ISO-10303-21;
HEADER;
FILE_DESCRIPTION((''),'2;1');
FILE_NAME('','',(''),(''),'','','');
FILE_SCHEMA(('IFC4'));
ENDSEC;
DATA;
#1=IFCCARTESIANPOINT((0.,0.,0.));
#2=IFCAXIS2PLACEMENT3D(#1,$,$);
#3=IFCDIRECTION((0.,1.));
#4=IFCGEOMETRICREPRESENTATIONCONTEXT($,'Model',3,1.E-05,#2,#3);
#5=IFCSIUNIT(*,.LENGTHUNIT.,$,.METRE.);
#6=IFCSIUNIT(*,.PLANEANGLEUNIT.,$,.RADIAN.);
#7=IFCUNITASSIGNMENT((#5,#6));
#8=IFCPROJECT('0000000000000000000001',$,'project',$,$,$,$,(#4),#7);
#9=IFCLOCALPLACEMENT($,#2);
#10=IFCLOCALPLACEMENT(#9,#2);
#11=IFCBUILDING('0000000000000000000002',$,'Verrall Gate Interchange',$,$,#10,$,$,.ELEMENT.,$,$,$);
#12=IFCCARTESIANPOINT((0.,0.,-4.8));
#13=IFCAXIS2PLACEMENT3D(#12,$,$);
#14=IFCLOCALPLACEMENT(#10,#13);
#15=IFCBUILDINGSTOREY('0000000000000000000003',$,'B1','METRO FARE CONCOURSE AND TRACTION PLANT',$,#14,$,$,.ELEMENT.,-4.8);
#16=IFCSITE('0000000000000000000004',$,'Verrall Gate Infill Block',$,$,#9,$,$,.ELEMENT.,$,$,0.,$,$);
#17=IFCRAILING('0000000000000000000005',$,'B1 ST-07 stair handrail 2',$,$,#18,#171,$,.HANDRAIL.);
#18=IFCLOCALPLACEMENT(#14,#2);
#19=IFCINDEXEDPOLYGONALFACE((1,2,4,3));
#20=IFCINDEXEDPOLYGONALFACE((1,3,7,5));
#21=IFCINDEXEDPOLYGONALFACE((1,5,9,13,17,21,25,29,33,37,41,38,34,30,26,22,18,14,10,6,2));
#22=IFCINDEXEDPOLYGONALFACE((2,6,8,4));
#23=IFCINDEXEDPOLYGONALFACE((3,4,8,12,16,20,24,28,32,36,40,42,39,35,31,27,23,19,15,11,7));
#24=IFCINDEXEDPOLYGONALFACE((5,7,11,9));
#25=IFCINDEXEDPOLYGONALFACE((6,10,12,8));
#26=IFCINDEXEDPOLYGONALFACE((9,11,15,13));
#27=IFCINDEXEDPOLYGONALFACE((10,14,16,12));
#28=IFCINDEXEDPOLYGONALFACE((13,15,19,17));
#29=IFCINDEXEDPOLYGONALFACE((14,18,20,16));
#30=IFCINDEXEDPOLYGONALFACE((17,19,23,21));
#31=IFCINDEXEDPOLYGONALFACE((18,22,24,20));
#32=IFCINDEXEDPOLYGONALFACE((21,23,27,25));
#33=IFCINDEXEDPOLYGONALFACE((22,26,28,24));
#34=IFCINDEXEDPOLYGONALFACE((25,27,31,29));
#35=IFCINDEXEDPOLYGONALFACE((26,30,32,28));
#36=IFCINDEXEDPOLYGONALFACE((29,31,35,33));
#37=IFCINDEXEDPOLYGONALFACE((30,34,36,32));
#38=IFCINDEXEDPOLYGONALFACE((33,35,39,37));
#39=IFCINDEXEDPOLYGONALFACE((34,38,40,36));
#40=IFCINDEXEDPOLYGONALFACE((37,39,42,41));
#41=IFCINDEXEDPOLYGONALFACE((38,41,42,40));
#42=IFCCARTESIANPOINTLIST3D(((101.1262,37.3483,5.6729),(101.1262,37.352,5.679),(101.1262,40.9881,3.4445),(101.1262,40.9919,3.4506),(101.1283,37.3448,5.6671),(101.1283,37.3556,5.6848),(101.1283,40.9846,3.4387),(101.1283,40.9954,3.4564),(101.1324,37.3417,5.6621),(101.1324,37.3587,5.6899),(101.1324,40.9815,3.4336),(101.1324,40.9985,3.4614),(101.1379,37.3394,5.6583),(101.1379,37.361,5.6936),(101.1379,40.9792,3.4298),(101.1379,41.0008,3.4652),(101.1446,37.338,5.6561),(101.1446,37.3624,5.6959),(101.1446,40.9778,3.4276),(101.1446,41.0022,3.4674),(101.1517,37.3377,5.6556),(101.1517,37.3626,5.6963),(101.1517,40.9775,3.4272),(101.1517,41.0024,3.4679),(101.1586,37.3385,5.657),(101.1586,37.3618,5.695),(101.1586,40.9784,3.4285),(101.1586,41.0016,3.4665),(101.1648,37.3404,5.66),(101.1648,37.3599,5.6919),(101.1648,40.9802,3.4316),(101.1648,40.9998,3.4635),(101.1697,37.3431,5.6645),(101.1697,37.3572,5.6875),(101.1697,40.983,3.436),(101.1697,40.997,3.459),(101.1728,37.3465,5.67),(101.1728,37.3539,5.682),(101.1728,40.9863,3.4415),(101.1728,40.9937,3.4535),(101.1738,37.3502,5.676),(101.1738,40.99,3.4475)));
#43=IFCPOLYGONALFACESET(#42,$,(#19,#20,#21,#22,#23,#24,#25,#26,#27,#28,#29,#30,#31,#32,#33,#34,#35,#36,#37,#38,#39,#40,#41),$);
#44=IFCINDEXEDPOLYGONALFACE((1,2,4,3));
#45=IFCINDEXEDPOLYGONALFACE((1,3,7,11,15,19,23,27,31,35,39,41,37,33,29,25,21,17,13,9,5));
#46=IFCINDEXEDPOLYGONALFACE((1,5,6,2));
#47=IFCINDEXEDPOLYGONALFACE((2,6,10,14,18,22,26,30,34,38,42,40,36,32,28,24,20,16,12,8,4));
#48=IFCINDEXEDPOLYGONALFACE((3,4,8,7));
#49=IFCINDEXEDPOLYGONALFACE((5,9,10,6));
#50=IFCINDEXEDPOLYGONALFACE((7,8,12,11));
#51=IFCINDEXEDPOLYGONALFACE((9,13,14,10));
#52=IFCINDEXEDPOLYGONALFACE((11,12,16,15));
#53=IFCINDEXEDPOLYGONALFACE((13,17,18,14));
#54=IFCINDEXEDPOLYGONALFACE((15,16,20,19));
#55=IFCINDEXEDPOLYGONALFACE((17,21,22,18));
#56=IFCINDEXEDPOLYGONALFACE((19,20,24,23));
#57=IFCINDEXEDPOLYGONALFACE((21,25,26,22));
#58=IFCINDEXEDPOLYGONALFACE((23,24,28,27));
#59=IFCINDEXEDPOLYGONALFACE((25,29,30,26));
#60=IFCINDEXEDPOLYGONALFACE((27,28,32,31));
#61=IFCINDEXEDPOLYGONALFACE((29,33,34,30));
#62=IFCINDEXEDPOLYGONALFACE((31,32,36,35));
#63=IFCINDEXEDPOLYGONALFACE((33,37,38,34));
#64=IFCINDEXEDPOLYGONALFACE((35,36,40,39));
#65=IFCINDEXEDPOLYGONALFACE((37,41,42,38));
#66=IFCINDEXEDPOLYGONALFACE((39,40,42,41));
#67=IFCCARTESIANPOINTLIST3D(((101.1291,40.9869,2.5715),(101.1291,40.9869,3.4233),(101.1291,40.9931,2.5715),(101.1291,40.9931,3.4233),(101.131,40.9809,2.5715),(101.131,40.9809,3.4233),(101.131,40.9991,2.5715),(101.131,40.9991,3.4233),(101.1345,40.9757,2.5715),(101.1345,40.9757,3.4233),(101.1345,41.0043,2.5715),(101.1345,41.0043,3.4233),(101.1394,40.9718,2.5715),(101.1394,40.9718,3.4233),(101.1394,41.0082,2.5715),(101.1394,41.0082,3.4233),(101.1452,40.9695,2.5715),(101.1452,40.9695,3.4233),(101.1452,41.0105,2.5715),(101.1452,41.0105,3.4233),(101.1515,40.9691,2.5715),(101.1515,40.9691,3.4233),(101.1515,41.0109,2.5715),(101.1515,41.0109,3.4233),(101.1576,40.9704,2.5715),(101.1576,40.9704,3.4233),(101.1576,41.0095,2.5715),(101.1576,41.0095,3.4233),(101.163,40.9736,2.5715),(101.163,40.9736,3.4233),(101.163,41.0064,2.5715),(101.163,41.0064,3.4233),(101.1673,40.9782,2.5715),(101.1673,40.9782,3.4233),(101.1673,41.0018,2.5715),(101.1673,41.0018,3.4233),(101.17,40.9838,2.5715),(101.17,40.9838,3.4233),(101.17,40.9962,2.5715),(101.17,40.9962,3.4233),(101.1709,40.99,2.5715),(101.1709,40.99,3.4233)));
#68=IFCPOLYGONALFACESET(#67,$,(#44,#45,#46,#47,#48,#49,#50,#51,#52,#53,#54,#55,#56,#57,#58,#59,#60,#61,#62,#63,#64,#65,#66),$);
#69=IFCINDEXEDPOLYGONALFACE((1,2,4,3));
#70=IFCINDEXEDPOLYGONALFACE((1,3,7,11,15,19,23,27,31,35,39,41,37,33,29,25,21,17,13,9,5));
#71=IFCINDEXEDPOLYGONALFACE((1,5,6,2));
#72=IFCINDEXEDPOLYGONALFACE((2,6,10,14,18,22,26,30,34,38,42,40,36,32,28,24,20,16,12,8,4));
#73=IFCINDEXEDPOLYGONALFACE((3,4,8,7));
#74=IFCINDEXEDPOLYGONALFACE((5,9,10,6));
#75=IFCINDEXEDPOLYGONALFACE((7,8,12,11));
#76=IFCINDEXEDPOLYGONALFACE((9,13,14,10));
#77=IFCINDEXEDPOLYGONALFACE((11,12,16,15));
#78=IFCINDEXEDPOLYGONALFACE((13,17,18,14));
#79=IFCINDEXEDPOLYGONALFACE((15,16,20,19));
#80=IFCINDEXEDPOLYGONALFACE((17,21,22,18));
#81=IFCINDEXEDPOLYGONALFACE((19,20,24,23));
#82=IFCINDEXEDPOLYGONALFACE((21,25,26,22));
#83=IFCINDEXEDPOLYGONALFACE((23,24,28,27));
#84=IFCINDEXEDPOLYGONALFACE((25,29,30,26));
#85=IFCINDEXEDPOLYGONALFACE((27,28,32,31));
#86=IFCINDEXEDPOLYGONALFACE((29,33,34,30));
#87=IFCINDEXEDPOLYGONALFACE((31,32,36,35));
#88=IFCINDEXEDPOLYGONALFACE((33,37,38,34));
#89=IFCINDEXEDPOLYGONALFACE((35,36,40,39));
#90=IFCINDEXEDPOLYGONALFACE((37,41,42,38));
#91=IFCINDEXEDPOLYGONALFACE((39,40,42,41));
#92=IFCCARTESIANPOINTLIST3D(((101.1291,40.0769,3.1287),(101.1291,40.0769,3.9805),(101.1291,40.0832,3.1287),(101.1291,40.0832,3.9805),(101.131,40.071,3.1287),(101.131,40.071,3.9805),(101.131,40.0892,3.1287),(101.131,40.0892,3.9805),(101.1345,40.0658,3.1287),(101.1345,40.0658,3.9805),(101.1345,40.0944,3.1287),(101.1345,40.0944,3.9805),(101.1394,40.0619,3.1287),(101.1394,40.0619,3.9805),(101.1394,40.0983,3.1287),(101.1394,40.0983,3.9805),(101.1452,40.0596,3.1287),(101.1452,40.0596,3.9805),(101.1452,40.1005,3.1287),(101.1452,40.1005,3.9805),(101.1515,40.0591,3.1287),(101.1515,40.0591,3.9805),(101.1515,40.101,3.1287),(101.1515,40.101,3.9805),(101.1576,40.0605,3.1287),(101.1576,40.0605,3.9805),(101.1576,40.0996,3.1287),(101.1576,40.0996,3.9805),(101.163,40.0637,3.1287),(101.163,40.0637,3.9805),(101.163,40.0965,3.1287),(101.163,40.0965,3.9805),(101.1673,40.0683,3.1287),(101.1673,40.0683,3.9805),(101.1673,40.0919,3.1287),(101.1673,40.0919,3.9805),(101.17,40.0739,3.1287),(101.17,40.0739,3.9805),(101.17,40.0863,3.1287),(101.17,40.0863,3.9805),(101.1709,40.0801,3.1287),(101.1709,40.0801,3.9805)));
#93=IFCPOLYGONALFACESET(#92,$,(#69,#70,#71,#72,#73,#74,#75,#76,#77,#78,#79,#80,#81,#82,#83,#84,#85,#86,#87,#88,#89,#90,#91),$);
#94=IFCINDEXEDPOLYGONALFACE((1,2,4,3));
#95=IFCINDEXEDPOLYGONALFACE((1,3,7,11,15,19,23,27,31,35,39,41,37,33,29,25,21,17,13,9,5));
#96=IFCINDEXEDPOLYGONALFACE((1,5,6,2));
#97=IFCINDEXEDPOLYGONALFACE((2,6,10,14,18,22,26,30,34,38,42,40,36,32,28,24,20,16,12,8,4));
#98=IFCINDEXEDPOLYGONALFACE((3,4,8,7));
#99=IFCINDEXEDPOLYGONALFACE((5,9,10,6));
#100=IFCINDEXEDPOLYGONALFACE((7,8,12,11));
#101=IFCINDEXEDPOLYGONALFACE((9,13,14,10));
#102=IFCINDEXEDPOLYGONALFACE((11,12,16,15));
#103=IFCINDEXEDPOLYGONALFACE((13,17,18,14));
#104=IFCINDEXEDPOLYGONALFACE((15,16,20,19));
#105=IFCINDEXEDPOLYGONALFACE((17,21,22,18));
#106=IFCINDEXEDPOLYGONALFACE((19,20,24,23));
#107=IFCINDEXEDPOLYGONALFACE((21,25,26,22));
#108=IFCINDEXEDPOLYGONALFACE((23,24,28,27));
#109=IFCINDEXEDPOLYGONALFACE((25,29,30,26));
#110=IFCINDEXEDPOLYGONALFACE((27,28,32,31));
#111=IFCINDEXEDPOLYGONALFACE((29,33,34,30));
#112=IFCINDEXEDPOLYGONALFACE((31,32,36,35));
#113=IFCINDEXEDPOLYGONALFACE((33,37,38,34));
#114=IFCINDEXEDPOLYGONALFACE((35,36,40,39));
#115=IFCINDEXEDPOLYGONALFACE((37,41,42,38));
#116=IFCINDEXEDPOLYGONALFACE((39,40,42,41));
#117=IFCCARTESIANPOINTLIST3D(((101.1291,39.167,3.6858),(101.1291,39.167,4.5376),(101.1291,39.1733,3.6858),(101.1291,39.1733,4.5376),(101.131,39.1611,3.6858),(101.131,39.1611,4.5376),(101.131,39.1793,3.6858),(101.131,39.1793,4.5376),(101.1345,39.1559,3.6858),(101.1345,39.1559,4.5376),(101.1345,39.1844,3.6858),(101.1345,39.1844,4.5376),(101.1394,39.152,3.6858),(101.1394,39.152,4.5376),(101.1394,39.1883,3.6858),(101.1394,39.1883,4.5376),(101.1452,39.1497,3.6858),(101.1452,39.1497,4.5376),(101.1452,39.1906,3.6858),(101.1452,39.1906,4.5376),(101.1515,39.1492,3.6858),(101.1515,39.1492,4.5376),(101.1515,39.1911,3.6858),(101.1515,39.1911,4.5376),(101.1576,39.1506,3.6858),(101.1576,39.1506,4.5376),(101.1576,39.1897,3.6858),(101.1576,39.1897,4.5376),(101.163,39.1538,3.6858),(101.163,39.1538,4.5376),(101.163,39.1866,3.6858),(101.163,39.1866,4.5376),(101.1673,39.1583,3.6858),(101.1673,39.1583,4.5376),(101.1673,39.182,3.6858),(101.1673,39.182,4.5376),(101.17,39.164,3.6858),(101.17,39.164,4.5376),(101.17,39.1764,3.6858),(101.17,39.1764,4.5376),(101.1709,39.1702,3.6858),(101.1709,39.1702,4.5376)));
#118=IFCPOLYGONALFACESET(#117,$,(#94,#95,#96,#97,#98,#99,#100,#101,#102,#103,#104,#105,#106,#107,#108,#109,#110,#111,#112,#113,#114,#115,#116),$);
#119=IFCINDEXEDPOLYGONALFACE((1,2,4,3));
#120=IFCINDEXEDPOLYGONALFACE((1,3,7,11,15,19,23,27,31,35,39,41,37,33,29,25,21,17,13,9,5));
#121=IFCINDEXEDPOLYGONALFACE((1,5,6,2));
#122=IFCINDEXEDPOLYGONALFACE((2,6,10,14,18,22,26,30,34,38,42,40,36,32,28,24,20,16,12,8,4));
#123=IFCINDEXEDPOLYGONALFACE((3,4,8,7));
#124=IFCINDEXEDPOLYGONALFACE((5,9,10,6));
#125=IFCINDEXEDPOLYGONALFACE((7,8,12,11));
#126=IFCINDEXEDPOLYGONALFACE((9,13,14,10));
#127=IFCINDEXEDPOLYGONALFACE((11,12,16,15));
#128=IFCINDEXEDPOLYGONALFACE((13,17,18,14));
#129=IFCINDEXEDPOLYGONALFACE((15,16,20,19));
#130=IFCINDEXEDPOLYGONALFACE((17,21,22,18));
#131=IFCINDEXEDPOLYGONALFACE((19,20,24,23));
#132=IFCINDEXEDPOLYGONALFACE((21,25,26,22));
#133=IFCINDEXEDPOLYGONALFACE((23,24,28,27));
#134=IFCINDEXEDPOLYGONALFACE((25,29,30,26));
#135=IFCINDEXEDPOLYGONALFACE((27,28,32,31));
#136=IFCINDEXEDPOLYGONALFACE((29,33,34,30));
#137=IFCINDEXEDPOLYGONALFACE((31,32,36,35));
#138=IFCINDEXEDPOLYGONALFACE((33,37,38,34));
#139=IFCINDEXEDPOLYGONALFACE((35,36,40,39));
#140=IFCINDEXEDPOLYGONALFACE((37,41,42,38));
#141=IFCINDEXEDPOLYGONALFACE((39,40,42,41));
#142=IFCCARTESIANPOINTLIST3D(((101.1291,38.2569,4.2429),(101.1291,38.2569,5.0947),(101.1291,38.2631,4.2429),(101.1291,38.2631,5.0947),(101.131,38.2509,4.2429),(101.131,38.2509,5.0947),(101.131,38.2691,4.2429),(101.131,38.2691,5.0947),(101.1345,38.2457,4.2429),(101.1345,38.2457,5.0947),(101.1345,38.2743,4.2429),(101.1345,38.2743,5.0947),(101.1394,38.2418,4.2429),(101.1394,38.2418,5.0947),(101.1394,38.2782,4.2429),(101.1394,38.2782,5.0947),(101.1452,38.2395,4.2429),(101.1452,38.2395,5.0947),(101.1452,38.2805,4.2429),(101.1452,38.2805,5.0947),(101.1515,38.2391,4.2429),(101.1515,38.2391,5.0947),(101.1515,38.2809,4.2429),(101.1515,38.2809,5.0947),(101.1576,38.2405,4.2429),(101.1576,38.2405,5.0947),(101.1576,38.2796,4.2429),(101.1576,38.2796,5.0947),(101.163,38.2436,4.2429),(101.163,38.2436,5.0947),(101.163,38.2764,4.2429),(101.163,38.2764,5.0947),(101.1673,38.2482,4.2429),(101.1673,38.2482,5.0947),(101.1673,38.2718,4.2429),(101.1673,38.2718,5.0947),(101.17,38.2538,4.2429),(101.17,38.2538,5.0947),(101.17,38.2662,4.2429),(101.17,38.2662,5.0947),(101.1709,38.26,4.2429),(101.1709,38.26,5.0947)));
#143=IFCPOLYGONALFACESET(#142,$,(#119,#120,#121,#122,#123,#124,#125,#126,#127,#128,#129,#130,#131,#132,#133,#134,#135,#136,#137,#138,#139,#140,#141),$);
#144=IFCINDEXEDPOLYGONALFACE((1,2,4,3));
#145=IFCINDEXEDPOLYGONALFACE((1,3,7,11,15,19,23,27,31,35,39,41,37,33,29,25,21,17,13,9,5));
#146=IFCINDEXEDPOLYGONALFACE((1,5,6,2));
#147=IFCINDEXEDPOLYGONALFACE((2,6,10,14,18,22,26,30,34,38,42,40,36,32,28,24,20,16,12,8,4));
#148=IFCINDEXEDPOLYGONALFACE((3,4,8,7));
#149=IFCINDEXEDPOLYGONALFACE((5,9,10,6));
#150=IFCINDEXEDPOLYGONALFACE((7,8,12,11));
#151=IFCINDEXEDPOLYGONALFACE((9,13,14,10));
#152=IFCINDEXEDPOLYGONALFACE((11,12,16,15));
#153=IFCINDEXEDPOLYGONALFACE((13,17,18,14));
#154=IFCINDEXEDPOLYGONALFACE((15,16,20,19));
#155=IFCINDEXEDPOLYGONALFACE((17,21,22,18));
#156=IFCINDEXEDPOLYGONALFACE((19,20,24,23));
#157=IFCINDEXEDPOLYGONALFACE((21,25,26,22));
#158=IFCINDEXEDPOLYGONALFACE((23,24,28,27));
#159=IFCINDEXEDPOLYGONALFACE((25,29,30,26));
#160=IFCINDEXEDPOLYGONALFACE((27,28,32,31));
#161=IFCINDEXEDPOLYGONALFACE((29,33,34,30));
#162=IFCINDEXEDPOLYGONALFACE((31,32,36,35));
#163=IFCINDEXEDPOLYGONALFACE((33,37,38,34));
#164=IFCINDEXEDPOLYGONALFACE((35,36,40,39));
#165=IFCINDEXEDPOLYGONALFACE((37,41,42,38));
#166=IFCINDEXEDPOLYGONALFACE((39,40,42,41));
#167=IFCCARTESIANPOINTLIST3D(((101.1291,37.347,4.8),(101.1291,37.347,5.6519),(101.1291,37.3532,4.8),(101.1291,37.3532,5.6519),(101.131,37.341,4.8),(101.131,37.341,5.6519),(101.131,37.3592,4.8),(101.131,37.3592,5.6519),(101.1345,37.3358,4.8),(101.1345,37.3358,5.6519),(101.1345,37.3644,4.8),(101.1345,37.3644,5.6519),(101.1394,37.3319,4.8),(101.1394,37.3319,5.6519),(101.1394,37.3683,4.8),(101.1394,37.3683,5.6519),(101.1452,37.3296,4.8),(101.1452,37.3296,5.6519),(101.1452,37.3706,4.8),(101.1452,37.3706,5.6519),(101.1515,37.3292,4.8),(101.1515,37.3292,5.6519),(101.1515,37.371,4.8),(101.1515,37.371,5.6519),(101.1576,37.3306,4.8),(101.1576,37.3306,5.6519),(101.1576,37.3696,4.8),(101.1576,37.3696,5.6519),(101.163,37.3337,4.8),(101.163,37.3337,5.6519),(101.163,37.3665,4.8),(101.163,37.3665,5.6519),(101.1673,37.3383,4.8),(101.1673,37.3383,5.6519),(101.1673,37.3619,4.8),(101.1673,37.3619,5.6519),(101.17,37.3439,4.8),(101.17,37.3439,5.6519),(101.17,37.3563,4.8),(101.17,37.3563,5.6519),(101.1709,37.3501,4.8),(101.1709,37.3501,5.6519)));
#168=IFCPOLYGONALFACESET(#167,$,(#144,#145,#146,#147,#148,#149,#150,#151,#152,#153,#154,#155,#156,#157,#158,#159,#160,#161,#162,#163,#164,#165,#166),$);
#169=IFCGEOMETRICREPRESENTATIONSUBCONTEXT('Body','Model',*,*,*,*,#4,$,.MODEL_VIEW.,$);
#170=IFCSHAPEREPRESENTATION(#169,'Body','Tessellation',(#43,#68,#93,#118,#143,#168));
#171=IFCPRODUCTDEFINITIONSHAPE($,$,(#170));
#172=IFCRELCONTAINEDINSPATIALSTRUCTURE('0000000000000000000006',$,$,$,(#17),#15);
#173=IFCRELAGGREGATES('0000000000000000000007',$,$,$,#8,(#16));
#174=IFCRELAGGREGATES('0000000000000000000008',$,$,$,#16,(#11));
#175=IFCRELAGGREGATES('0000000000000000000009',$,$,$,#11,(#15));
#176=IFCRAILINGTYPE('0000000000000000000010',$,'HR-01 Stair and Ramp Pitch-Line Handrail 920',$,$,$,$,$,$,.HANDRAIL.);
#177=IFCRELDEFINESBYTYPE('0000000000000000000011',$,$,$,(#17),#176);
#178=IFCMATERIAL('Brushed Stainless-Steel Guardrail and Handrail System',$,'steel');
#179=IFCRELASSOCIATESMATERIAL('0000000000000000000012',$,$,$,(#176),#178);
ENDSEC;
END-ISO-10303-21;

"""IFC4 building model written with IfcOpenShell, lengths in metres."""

from ifc_helpers import new_model, si_unit, direction, frame, origin, origin_2d, place, context, subcontext, project, spatial, circle, extrude, material, type_object, element, save


model = new_model("IFC4")

# Units and contexts
model_context = context("Model", 3, precision=1e-05, world=origin(), true_north=direction((0.0, 1.0)))
body_context = subcontext(model_context, "Body", "Model", "MODEL_VIEW")
ifc_project = project(units=[si_unit("LENGTHUNIT", "METRE"), si_unit("PLANEANGLEUNIT", "RADIAN")], contexts=[model_context])

# Site, building, storey
site_placement = place(None, origin())
site = spatial("IfcSite", under=ifc_project, at=site_placement, Name="Verrall Gate Infill Block", CompositionType="ELEMENT", RefElevation=0.0)
building_placement = place(site_placement, origin())
building = spatial("IfcBuilding", under=site, at=building_placement, Name="Verrall Gate Interchange", CompositionType="ELEMENT")
storey_placement = place(building_placement, frame((0.0, 0.0, -4.8)))
storey = spatial("IfcBuildingStorey", under=building, at=storey_placement, Name="B1", Description="METRO FARE CONCOURSE AND TRACTION PLANT", CompositionType="ELEMENT", Elevation=-4.8)

# Railing
ifc_material_1 = material(Name="Brushed Stainless-Steel Guardrail and Handrail System", Category="steel")
railing_type_1 = type_object("IfcRailingType", Name="HR-01 Stair and Ramp Pitch-Line Handrail 920", PredefinedType="HANDRAIL", material=ifc_material_1)
railing_1_placement = place(storey_placement, frame((101.1499, 40.99, 2.5715)))
element("IfcRailing", 1, at=railing_1_placement, inside=storey, type_object=railing_type_1, Name="B1 ST-07 stair handrail 2", PredefinedType="HANDRAIL", context=body_context, shape_type="SweptSolid", body=[
    extrude(circle(Radius=0.0239, at=origin_2d()), frame((0.0, 0.0, 0.876), z_axis=(0.0, -0.85285, 0.522156), x_axis=(1.0, 0.0, 0.0)), (0.0, 0.0, 1.0), 4.2678),
    extrude(circle(Radius=0.021, at=origin_2d()), origin(), (0.0, 0.0, 1.0), 0.8518),
    extrude(circle(Radius=0.021, at=origin_2d()), frame((0.0, -0.9099, 0.5571)), (0.0, 0.0, 1.0), 0.8518),
    extrude(circle(Radius=0.021, at=origin_2d()), frame((0.0, -1.8198, 1.1143)), (0.0, 0.0, 1.0), 0.8518),
    extrude(circle(Radius=0.021, at=origin_2d()), frame((0.0, -2.73, 1.6714)), (0.0, 0.0, 1.0), 0.8518),
    extrude(circle(Radius=0.021, at=origin_2d()), frame((0.0, -3.6399, 2.2285)), (0.0, 0.0, 1.0), 0.8518),
])

save(model, "model.ifc")
